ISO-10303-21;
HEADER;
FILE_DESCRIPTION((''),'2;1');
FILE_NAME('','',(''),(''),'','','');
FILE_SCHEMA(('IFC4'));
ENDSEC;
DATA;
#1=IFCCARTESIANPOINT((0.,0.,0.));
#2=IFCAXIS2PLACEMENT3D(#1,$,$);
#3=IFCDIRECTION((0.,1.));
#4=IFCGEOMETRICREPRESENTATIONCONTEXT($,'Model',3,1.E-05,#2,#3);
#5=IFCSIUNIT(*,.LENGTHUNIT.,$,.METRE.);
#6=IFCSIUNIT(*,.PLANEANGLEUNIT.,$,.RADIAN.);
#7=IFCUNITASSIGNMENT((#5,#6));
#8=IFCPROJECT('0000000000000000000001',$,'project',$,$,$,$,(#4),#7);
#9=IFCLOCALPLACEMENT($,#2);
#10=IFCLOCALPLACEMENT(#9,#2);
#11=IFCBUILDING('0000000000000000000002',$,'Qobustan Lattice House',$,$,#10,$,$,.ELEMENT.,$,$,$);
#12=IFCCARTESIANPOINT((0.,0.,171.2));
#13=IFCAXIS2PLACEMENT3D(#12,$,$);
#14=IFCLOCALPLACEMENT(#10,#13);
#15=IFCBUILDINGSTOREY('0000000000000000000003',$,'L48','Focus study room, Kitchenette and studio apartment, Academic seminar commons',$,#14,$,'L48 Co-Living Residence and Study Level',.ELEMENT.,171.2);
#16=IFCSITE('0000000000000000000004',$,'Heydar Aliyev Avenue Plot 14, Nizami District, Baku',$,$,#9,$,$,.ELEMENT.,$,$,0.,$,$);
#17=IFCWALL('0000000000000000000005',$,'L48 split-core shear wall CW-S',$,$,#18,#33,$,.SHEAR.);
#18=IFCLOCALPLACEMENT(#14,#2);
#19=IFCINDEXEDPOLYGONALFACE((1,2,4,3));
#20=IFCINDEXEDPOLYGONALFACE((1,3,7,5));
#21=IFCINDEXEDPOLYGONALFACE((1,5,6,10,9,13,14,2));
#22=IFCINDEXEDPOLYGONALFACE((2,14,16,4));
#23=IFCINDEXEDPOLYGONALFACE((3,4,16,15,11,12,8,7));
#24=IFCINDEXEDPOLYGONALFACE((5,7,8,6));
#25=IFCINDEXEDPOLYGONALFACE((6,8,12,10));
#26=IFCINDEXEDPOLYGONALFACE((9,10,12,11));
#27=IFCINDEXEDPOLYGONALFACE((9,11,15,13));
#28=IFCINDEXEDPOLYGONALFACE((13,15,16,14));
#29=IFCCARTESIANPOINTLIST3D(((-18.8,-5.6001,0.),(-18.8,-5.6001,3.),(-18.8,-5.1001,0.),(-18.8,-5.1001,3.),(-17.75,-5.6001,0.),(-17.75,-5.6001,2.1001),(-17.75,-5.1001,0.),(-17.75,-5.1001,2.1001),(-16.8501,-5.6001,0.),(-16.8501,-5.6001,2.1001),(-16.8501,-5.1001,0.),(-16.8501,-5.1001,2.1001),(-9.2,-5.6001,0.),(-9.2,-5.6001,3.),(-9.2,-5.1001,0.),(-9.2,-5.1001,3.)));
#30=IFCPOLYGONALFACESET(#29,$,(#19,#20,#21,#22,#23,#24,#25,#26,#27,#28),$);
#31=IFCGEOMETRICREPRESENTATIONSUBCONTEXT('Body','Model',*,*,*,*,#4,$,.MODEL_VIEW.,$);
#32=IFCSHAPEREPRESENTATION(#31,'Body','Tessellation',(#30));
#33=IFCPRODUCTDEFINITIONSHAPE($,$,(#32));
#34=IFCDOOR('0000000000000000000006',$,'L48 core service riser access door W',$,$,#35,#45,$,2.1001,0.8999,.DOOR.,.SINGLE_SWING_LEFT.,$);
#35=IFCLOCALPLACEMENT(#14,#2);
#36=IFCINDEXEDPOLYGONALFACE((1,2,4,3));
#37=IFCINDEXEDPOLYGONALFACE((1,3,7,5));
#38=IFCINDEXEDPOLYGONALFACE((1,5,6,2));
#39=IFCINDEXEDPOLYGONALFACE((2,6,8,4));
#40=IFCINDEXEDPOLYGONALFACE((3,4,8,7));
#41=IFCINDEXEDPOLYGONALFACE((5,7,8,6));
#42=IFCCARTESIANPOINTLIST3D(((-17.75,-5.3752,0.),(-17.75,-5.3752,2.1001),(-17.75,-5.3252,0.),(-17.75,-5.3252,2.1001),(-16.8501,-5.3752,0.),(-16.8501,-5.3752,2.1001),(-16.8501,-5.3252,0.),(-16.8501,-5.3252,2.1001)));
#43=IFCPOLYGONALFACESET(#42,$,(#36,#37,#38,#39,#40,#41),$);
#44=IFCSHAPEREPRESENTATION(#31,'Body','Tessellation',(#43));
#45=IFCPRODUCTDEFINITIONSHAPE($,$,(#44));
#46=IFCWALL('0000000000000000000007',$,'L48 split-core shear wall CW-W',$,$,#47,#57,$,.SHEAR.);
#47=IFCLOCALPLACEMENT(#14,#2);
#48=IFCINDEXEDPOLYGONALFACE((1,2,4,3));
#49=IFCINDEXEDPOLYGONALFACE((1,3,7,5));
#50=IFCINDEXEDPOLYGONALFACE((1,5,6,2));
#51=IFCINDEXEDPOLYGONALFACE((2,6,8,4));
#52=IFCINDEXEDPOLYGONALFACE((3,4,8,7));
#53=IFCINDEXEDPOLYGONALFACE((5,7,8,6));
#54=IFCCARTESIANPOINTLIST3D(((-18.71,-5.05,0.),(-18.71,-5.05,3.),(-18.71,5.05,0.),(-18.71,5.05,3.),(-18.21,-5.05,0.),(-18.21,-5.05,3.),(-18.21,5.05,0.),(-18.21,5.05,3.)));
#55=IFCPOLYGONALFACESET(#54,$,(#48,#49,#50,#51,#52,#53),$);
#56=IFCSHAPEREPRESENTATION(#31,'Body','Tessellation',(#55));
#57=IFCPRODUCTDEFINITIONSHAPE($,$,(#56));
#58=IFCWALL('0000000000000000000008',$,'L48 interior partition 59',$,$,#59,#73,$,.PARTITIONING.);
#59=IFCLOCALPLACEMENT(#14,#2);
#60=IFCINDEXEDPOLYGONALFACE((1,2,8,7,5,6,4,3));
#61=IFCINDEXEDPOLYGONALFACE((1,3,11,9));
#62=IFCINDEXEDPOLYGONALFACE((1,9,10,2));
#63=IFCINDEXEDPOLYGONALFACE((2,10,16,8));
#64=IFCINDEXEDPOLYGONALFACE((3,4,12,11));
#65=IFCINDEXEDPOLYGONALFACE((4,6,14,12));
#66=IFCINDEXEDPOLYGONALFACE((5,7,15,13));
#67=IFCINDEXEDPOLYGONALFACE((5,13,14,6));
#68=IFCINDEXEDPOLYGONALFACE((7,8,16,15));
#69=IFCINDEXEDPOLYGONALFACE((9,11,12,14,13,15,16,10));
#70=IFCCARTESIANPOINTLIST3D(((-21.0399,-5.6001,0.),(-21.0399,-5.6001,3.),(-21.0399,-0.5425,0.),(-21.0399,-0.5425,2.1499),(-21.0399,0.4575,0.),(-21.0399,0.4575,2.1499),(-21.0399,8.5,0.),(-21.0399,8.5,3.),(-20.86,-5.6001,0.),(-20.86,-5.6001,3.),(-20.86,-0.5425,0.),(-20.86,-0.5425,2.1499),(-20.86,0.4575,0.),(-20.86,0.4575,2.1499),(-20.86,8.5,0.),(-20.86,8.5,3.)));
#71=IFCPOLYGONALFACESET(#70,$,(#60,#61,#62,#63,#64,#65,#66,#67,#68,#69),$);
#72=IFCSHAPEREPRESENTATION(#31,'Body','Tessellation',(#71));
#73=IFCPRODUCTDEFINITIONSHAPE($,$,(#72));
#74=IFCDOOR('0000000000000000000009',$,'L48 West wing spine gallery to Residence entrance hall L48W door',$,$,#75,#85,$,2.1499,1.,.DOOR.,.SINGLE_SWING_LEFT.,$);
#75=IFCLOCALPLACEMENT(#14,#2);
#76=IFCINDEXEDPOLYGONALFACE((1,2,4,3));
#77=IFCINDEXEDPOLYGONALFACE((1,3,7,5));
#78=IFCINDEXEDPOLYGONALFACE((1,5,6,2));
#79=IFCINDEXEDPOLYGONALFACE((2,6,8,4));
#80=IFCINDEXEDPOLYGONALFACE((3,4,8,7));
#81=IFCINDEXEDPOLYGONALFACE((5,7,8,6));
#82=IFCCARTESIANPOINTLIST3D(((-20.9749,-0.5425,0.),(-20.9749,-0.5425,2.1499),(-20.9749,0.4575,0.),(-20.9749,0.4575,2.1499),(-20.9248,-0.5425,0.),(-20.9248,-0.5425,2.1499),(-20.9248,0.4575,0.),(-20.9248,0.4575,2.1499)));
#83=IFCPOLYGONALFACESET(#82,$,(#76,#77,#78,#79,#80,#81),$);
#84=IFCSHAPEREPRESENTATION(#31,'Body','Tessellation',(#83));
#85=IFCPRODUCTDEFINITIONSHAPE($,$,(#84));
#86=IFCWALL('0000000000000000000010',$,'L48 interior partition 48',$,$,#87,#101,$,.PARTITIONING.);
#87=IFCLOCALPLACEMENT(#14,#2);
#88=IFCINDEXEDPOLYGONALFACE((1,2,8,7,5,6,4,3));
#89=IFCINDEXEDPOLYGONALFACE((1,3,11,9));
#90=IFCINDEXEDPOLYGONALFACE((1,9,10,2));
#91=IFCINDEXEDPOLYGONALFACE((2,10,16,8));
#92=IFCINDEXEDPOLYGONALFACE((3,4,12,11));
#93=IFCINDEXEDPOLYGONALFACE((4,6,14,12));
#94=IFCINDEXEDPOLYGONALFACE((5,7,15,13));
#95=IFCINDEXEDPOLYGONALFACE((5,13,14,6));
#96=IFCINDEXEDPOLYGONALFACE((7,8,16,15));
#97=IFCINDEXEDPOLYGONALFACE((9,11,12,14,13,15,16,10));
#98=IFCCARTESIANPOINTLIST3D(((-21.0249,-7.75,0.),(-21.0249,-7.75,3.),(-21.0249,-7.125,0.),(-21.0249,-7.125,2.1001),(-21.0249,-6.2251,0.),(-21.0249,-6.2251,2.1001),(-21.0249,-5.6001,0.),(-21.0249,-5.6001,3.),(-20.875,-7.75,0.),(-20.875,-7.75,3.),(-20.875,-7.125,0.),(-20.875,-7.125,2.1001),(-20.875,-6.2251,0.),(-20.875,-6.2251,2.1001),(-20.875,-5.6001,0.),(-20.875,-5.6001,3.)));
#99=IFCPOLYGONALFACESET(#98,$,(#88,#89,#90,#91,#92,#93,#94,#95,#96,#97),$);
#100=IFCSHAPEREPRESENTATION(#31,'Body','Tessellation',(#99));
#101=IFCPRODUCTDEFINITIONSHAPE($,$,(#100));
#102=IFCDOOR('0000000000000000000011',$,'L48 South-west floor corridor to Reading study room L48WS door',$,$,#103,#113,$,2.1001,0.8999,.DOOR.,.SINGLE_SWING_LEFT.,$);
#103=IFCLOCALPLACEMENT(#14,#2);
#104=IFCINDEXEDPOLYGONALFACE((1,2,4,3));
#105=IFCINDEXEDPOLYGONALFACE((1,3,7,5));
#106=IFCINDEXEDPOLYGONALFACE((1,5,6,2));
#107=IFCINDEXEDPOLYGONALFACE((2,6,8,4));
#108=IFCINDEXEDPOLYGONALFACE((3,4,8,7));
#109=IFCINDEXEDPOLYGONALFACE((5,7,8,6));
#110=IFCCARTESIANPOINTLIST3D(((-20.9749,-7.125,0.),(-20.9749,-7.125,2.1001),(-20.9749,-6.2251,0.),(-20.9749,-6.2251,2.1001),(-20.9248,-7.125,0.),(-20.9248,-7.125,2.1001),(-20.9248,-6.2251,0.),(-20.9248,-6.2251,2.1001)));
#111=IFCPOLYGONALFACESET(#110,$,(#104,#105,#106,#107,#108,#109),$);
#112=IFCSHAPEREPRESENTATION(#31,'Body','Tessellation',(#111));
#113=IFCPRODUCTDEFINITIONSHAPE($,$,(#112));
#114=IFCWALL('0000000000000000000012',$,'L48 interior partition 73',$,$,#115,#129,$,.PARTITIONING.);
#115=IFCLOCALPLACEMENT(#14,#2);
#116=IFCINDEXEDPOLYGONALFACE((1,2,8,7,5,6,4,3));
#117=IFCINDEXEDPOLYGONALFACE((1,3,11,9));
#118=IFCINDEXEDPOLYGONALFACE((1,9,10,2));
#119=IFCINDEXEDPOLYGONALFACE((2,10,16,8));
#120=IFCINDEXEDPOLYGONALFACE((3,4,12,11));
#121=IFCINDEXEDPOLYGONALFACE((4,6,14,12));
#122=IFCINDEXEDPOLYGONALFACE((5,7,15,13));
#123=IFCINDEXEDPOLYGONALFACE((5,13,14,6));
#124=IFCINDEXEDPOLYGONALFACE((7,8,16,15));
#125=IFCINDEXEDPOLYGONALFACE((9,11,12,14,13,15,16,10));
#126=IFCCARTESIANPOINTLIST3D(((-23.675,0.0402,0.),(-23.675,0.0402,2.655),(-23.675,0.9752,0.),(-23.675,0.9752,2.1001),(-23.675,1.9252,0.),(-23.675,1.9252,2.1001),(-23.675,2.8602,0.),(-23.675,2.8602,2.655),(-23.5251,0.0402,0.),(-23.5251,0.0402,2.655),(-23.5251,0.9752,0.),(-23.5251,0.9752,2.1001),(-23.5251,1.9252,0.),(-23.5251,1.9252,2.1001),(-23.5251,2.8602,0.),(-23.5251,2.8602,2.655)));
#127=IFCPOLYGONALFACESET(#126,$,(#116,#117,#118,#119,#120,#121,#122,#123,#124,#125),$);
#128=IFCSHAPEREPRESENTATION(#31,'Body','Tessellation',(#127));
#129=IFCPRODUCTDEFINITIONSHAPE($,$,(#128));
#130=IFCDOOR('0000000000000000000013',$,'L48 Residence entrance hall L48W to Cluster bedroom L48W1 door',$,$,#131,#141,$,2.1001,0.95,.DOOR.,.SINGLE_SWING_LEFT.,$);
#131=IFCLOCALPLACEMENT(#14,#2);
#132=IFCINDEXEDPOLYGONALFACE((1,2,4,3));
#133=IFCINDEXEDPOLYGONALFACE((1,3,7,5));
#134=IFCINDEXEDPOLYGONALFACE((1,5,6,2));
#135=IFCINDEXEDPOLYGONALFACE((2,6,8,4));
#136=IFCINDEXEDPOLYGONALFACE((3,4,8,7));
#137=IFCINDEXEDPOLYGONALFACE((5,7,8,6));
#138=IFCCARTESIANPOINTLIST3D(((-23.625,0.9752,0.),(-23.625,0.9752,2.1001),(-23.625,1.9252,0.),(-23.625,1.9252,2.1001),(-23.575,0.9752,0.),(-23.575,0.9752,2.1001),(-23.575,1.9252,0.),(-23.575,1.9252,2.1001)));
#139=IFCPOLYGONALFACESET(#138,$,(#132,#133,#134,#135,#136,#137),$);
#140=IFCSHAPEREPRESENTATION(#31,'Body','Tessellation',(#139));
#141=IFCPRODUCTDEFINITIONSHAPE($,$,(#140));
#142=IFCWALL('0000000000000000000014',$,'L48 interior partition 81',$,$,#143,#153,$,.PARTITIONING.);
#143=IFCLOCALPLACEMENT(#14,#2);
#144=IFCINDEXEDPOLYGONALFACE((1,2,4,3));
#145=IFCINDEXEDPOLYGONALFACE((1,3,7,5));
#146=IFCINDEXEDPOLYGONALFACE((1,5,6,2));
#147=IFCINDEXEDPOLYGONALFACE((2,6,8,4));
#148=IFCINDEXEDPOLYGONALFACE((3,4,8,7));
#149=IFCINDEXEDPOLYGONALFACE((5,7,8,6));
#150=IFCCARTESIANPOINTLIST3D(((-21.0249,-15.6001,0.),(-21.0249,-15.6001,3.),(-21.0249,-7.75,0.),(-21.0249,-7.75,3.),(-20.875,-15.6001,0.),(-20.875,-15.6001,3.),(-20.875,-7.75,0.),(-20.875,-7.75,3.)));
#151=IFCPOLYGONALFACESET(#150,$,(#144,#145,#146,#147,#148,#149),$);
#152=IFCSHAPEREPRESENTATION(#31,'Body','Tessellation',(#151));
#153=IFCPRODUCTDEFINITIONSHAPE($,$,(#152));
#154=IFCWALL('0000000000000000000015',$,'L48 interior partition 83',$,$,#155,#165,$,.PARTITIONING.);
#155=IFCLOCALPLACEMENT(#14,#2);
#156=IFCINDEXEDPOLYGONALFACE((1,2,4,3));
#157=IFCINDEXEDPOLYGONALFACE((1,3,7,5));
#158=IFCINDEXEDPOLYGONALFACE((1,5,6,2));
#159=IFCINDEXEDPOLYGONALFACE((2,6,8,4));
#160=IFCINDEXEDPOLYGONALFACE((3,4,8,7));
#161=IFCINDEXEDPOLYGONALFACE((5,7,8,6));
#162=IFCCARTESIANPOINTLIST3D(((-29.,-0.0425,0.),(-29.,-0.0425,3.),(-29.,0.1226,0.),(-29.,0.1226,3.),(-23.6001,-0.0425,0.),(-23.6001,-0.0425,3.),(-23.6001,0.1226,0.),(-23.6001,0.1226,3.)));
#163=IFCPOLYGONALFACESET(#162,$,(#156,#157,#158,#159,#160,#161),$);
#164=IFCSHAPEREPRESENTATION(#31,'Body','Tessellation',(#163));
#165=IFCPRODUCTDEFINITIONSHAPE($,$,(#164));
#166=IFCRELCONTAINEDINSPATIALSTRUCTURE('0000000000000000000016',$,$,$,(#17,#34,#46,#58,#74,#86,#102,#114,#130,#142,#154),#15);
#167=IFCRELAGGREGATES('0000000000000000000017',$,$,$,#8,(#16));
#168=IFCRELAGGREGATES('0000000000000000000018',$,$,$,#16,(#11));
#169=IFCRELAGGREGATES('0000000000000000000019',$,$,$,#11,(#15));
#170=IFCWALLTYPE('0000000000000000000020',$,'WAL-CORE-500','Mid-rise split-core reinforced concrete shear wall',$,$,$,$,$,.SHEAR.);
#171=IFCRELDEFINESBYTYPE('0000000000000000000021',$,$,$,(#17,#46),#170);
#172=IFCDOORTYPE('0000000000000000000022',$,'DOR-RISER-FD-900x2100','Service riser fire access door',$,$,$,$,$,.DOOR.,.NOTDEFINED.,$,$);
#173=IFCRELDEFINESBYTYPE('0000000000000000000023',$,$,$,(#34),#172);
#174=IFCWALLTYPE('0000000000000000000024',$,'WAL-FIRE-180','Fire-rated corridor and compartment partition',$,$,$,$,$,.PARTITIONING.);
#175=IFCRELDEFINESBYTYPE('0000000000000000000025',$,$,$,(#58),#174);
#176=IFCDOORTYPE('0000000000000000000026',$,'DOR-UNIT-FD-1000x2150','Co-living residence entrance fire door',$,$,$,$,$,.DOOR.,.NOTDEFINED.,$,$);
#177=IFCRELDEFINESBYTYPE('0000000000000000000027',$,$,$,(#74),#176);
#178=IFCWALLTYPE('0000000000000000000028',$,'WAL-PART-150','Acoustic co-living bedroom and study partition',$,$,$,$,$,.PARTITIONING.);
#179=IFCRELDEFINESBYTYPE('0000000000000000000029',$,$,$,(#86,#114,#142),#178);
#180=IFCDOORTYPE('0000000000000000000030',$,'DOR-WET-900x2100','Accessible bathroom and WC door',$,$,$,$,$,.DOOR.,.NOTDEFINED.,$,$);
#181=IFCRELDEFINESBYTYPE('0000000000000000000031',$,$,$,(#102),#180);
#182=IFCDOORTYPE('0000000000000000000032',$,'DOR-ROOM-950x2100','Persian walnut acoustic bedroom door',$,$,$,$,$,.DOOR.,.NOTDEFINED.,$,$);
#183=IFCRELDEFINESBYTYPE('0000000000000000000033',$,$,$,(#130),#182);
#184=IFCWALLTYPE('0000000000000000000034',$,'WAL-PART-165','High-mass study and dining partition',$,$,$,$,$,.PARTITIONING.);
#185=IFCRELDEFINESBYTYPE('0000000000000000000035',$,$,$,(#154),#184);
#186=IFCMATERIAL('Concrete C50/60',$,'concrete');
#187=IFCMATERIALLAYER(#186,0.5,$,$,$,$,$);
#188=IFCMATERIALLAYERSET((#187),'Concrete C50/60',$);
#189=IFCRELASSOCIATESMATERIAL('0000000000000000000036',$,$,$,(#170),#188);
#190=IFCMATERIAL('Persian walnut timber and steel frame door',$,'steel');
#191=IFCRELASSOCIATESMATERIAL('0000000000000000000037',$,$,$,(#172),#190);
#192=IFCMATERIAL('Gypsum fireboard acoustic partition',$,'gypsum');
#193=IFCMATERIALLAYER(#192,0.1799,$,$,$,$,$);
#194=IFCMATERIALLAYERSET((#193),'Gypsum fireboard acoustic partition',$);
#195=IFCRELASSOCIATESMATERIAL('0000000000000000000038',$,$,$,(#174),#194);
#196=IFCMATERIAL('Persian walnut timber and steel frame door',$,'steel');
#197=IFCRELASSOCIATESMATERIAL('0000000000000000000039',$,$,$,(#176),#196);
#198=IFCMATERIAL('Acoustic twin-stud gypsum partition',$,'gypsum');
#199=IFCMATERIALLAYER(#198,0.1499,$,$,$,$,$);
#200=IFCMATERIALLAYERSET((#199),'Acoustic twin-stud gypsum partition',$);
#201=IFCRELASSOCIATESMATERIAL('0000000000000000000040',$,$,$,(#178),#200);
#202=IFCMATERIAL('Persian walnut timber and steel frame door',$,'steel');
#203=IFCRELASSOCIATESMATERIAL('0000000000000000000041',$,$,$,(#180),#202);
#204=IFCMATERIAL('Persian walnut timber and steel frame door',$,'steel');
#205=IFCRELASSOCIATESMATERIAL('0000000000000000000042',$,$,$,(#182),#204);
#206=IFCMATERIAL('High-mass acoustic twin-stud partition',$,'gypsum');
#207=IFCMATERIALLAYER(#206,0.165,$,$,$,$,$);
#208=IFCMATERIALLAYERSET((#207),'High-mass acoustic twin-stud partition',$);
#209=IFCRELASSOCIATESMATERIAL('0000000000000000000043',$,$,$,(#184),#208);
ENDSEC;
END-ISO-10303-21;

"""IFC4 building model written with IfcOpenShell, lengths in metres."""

from ifc_helpers import new_model, si_unit, direction, frame, frame_2d, origin, place, context, subcontext, project, spatial, rectangle, extrude, material, layer, layer_set, type_object, element, fill, save


model = new_model("IFC4")

# Units and contexts
model_context = context("Model", 3, precision=1e-05, world=origin(), true_north=direction((0.0, 1.0)))
body_context = subcontext(model_context, "Body", "Model", "MODEL_VIEW")
ifc_project = project(units=[si_unit("LENGTHUNIT", "METRE"), si_unit("PLANEANGLEUNIT", "RADIAN")], contexts=[model_context])

# Site, building, storey
site_placement = place(None, origin())
site = spatial("IfcSite", under=ifc_project, at=site_placement, Name="Heydar Aliyev Avenue Plot 14, Nizami District, Baku", CompositionType="ELEMENT", RefElevation=0.0)
building_placement = place(site_placement, origin())
building = spatial("IfcBuilding", under=site, at=building_placement, Name="Qobustan Lattice House", CompositionType="ELEMENT")
storey_placement = place(building_placement, frame((0.0, 0.0, 171.2)))
storey = spatial("IfcBuildingStorey", under=building, at=storey_placement, Name="L48", Description="Focus study room, Kitchenette and studio apartment, Academic seminar commons", LongName="L48 Co-Living Residence and Study Level", CompositionType="ELEMENT", Elevation=171.2)

# Wall, opening, door
ifc_material_1 = material(Name="Concrete C50/60", Category="concrete")
ifc_layer_1 = layer(ifc_material_1, 0.5)
ifc_layer_set_1 = layer_set([ifc_layer_1], Name="Concrete C50/60")
wall_type_1 = type_object("IfcWallType", Name="WAL-CORE-500", Description="Mid-rise split-core reinforced concrete shear wall", PredefinedType="SHEAR", material=ifc_layer_set_1)
wall_1_placement = place(storey_placement, frame((-18.8, -5.3501, 0.0), z_axis=(0.0, 0.0, 1.0), x_axis=(1.0, 0.0, 0.0)))
wall_1 = element("IfcWall", 1, at=wall_1_placement, inside=storey, type_object=wall_type_1, Name="L48 split-core shear wall CW-S", PredefinedType="SHEAR", context=body_context, shape_type="SweptSolid", body=[
    extrude(rectangle(XDim=9.6001, YDim=0.5, at=frame_2d((4.8, 0.0))), origin(), (0.0, 0.0, 1.0), 3.0),
])
opening_1_placement = place(wall_1_placement, frame((1.05, 0.0, 0.0)))
opening_1 = element("IfcOpeningElement", 2, at=opening_1_placement, cuts=wall_1, PredefinedType="OPENING", context=body_context, shape_type="SweptSolid", body=[
    extrude(rectangle(XDim=0.8999, YDim=2.1001, at=frame_2d((0.45, 1.05))), frame((0.0, 0.26, 0.0), z_axis=(0.0, -1.0, 0.0), x_axis=(1.0, 0.0, 0.0)), (0.0, 0.0, 1.0), 0.52),
])
ifc_material_2 = material(Name="Persian walnut timber and steel frame door", Category="steel")
door_type_1 = type_object("IfcDoorType", Name="DOR-RISER-FD-900x2100", Description="Service riser fire access door", OperationType="NOTDEFINED", PredefinedType="DOOR", material=ifc_material_2)
door_1_placement = place(opening_1_placement, origin())
door_1 = element("IfcDoor", 3, at=door_1_placement, inside=storey, type_object=door_type_1, Name="L48 core service riser access door W", OperationType="SINGLE_SWING_LEFT", OverallHeight=2.1001, OverallWidth=0.8999, PredefinedType="DOOR", context=body_context, shape_type="SweptSolid", body=[
    extrude(rectangle(XDim=0.8999, YDim=2.1001, at=frame_2d((0.45, 1.05))), frame((0.0, 0.0249, 0.0), z_axis=(0.0, -1.0, 0.0), x_axis=(1.0, 0.0, 0.0)), (0.0, 0.0, 1.0), 0.05),
])
fill(opening_1, door_1)

# Wall
wall_2_placement = place(storey_placement, frame((-18.46, -5.05, 0.0), z_axis=(0.0, 0.0, 1.0), x_axis=(0.0, 1.0, 0.0)))
element("IfcWall", 4, at=wall_2_placement, inside=storey, type_object=wall_type_1, Name="L48 split-core shear wall CW-W", PredefinedType="SHEAR", context=body_context, shape_type="SweptSolid", body=[
    extrude(rectangle(XDim=10.1001, YDim=0.5, at=frame_2d((5.05, 0.0))), origin(), (0.0, 0.0, 1.0), 3.0),
])

# Walls, openings, doors
ifc_material_3 = material(Name="Gypsum fireboard acoustic partition", Category="gypsum")
ifc_layer_2 = layer(ifc_material_3, 0.1799)
ifc_layer_set_2 = layer_set([ifc_layer_2], Name="Gypsum fireboard acoustic partition")
wall_type_2 = type_object("IfcWallType", Name="WAL-FIRE-180", Description="Fire-rated corridor and compartment partition", PredefinedType="PARTITIONING", material=ifc_layer_set_2)
wall_3_placement = place(storey_placement, frame((-20.95, -5.6001, 0.0), z_axis=(0.0, 0.0, 1.0), x_axis=(0.0, 1.0, 0.0)))
wall_3 = element("IfcWall", 5, at=wall_3_placement, inside=storey, type_object=wall_type_2, Name="L48 interior partition 59", PredefinedType="PARTITIONING", context=body_context, shape_type="SweptSolid", body=[
    extrude(rectangle(XDim=14.1001, YDim=0.1799, at=frame_2d((7.05, 0.0))), origin(), (0.0, 0.0, 1.0), 3.0),
])
opening_2_placement = place(wall_3_placement, frame((5.0576, 0.0, 0.0)))
opening_2 = element("IfcOpeningElement", 6, at=opening_2_placement, cuts=wall_3, PredefinedType="OPENING", context=body_context, shape_type="SweptSolid", body=[
    extrude(rectangle(XDim=1.0, YDim=2.1499, at=frame_2d((0.5, 1.075))), frame((0.0, 0.0999, 0.0), z_axis=(0.0, -1.0, 0.0), x_axis=(1.0, 0.0, 0.0)), (0.0, 0.0, 1.0), 0.2),
])
ifc_material_4 = material(Name="Persian walnut timber and steel frame door", Category="steel")
door_type_2 = type_object("IfcDoorType", Name="DOR-UNIT-FD-1000x2150", Description="Co-living residence entrance fire door", OperationType="NOTDEFINED", PredefinedType="DOOR", material=ifc_material_4)
door_2_placement = place(opening_2_placement, origin())
door_2 = element("IfcDoor", 7, at=door_2_placement, inside=storey, type_object=door_type_2, Name="L48 West wing spine gallery to Residence entrance hall L48W door", OperationType="SINGLE_SWING_LEFT", OverallHeight=2.1499, OverallWidth=1.0, PredefinedType="DOOR", context=body_context, shape_type="SweptSolid", body=[
    extrude(rectangle(XDim=1.0, YDim=2.1499, at=frame_2d((0.5, 1.075))), frame((0.0, 0.0249, 0.0), z_axis=(0.0, -1.0, 0.0), x_axis=(1.0, 0.0, 0.0)), (0.0, 0.0, 1.0), 0.05),
])
fill(opening_2, door_2)
ifc_material_5 = material(Name="Acoustic twin-stud gypsum partition", Category="gypsum")
ifc_layer_3 = layer(ifc_material_5, 0.1499)
ifc_layer_set_3 = layer_set([ifc_layer_3], Name="Acoustic twin-stud gypsum partition")
wall_type_3 = type_object("IfcWallType", Name="WAL-PART-150", Description="Acoustic co-living bedroom and study partition", PredefinedType="PARTITIONING", material=ifc_layer_set_3)
wall_4_placement = place(storey_placement, frame((-20.95, -7.75, 0.0), z_axis=(0.0, 0.0, 1.0), x_axis=(0.0, 1.0, 0.0)))
wall_4 = element("IfcWall", 8, at=wall_4_placement, inside=storey, type_object=wall_type_3, Name="L48 interior partition 48", PredefinedType="PARTITIONING", context=body_context, shape_type="SweptSolid", body=[
    extrude(rectangle(XDim=2.1499, YDim=0.1499, at=frame_2d((1.075, 0.0))), origin(), (0.0, 0.0, 1.0), 3.0),
])
opening_3_placement = place(wall_4_placement, frame((0.625, 0.0, 0.0)))
opening_3 = element("IfcOpeningElement", 9, at=opening_3_placement, cuts=wall_4, PredefinedType="OPENING", context=body_context, shape_type="SweptSolid", body=[
    extrude(rectangle(XDim=0.8999, YDim=2.1001, at=frame_2d((0.45, 1.05))), frame((0.0, 0.085, 0.0), z_axis=(0.0, -1.0, 0.0), x_axis=(1.0, 0.0, 0.0)), (0.0, 0.0, 1.0), 0.1699),
])
ifc_material_6 = material(Name="Persian walnut timber and steel frame door", Category="steel")
door_type_3 = type_object("IfcDoorType", Name="DOR-WET-900x2100", Description="Accessible bathroom and WC door", OperationType="NOTDEFINED", PredefinedType="DOOR", material=ifc_material_6)
door_3_placement = place(opening_3_placement, origin())
door_3 = element("IfcDoor", 10, at=door_3_placement, inside=storey, type_object=door_type_3, Name="L48 South-west floor corridor to Reading study room L48WS door", OperationType="SINGLE_SWING_LEFT", OverallHeight=2.1001, OverallWidth=0.8999, PredefinedType="DOOR", context=body_context, shape_type="SweptSolid", body=[
    extrude(rectangle(XDim=0.8999, YDim=2.1001, at=frame_2d((0.45, 1.05))), frame((0.0, 0.0249, 0.0), z_axis=(0.0, -1.0, 0.0), x_axis=(1.0, 0.0, 0.0)), (0.0, 0.0, 1.0), 0.05),
])
fill(opening_3, door_3)
wall_5_placement = place(storey_placement, frame((-23.6001, 0.04, 0.0), z_axis=(0.0, 0.0, 1.0), x_axis=(0.0, 1.0, 0.0)))
wall_5 = element("IfcWall", 11, at=wall_5_placement, inside=storey, type_object=wall_type_3, Name="L48 interior partition 73", PredefinedType="PARTITIONING", context=body_context, shape_type="SweptSolid", body=[
    extrude(rectangle(XDim=2.8201, YDim=0.1499, at=frame_2d((1.4102, 0.0))), origin(), (0.0, 0.0, 1.0), 2.655),
])
opening_4_placement = place(wall_5_placement, frame((0.9351, 0.0, 0.0)))
opening_4 = element("IfcOpeningElement", 12, at=opening_4_placement, cuts=wall_5, PredefinedType="OPENING", context=body_context, shape_type="SweptSolid", body=[
    extrude(rectangle(XDim=0.95, YDim=2.1001, at=frame_2d((0.4751, 1.05))), frame((0.0, 0.085, 0.0), z_axis=(0.0, -1.0, 0.0), x_axis=(1.0, 0.0, 0.0)), (0.0, 0.0, 1.0), 0.1699),
])
ifc_material_7 = material(Name="Persian walnut timber and steel frame door", Category="steel")
door_type_4 = type_object("IfcDoorType", Name="DOR-ROOM-950x2100", Description="Persian walnut acoustic bedroom door", OperationType="NOTDEFINED", PredefinedType="DOOR", material=ifc_material_7)
door_4_placement = place(opening_4_placement, origin())
door_4 = element("IfcDoor", 13, at=door_4_placement, inside=storey, type_object=door_type_4, Name="L48 Residence entrance hall L48W to Cluster bedroom L48W1 door", OperationType="SINGLE_SWING_LEFT", OverallHeight=2.1001, OverallWidth=0.95, PredefinedType="DOOR", context=body_context, shape_type="SweptSolid", body=[
    extrude(rectangle(XDim=0.95, YDim=2.1001, at=frame_2d((0.4751, 1.05))), frame((0.0, 0.0249, 0.0), z_axis=(0.0, -1.0, 0.0), x_axis=(1.0, 0.0, 0.0)), (0.0, 0.0, 1.0), 0.05),
])
fill(opening_4, door_4)

# Wall
wall_6_placement = place(storey_placement, frame((-20.95, -7.75, 0.0), z_axis=(0.0, 0.0, 1.0), x_axis=(0.0, -1.0, 0.0)))
element("IfcWall", 14, at=wall_6_placement, inside=storey, type_object=wall_type_3, Name="L48 interior partition 81", PredefinedType="PARTITIONING", context=body_context, shape_type="SweptSolid", body=[
    extrude(rectangle(XDim=7.8501, YDim=0.1499, at=frame_2d((3.925, 0.0))), origin(), (0.0, 0.0, 1.0), 3.0),
])

# Shared definitions
ifc_material_8 = material(Name="High-mass acoustic twin-stud partition", Category="gypsum")
ifc_layer_4 = layer(ifc_material_8, 0.165)
ifc_layer_set_4 = layer_set([ifc_layer_4], Name="High-mass acoustic twin-stud partition")
wall_type_4 = type_object("IfcWallType", Name="WAL-PART-165", Description="High-mass study and dining partition", PredefinedType="PARTITIONING", material=ifc_layer_set_4)

# Wall
wall_7_placement = place(storey_placement, frame((-29.0, 0.04, 0.0), z_axis=(0.0, 0.0, 1.0), x_axis=(1.0, 0.0, 0.0)))
element("IfcWall", 15, at=wall_7_placement, inside=storey, type_object=wall_type_4, Name="L48 interior partition 83", PredefinedType="PARTITIONING", context=body_context, shape_type="SweptSolid", body=[
    extrude(rectangle(XDim=5.3999, YDim=0.165, at=frame_2d((2.7, 0.0))), origin(), (0.0, 0.0, 1.0), 3.0),
])

save(model, "model.ifc")
